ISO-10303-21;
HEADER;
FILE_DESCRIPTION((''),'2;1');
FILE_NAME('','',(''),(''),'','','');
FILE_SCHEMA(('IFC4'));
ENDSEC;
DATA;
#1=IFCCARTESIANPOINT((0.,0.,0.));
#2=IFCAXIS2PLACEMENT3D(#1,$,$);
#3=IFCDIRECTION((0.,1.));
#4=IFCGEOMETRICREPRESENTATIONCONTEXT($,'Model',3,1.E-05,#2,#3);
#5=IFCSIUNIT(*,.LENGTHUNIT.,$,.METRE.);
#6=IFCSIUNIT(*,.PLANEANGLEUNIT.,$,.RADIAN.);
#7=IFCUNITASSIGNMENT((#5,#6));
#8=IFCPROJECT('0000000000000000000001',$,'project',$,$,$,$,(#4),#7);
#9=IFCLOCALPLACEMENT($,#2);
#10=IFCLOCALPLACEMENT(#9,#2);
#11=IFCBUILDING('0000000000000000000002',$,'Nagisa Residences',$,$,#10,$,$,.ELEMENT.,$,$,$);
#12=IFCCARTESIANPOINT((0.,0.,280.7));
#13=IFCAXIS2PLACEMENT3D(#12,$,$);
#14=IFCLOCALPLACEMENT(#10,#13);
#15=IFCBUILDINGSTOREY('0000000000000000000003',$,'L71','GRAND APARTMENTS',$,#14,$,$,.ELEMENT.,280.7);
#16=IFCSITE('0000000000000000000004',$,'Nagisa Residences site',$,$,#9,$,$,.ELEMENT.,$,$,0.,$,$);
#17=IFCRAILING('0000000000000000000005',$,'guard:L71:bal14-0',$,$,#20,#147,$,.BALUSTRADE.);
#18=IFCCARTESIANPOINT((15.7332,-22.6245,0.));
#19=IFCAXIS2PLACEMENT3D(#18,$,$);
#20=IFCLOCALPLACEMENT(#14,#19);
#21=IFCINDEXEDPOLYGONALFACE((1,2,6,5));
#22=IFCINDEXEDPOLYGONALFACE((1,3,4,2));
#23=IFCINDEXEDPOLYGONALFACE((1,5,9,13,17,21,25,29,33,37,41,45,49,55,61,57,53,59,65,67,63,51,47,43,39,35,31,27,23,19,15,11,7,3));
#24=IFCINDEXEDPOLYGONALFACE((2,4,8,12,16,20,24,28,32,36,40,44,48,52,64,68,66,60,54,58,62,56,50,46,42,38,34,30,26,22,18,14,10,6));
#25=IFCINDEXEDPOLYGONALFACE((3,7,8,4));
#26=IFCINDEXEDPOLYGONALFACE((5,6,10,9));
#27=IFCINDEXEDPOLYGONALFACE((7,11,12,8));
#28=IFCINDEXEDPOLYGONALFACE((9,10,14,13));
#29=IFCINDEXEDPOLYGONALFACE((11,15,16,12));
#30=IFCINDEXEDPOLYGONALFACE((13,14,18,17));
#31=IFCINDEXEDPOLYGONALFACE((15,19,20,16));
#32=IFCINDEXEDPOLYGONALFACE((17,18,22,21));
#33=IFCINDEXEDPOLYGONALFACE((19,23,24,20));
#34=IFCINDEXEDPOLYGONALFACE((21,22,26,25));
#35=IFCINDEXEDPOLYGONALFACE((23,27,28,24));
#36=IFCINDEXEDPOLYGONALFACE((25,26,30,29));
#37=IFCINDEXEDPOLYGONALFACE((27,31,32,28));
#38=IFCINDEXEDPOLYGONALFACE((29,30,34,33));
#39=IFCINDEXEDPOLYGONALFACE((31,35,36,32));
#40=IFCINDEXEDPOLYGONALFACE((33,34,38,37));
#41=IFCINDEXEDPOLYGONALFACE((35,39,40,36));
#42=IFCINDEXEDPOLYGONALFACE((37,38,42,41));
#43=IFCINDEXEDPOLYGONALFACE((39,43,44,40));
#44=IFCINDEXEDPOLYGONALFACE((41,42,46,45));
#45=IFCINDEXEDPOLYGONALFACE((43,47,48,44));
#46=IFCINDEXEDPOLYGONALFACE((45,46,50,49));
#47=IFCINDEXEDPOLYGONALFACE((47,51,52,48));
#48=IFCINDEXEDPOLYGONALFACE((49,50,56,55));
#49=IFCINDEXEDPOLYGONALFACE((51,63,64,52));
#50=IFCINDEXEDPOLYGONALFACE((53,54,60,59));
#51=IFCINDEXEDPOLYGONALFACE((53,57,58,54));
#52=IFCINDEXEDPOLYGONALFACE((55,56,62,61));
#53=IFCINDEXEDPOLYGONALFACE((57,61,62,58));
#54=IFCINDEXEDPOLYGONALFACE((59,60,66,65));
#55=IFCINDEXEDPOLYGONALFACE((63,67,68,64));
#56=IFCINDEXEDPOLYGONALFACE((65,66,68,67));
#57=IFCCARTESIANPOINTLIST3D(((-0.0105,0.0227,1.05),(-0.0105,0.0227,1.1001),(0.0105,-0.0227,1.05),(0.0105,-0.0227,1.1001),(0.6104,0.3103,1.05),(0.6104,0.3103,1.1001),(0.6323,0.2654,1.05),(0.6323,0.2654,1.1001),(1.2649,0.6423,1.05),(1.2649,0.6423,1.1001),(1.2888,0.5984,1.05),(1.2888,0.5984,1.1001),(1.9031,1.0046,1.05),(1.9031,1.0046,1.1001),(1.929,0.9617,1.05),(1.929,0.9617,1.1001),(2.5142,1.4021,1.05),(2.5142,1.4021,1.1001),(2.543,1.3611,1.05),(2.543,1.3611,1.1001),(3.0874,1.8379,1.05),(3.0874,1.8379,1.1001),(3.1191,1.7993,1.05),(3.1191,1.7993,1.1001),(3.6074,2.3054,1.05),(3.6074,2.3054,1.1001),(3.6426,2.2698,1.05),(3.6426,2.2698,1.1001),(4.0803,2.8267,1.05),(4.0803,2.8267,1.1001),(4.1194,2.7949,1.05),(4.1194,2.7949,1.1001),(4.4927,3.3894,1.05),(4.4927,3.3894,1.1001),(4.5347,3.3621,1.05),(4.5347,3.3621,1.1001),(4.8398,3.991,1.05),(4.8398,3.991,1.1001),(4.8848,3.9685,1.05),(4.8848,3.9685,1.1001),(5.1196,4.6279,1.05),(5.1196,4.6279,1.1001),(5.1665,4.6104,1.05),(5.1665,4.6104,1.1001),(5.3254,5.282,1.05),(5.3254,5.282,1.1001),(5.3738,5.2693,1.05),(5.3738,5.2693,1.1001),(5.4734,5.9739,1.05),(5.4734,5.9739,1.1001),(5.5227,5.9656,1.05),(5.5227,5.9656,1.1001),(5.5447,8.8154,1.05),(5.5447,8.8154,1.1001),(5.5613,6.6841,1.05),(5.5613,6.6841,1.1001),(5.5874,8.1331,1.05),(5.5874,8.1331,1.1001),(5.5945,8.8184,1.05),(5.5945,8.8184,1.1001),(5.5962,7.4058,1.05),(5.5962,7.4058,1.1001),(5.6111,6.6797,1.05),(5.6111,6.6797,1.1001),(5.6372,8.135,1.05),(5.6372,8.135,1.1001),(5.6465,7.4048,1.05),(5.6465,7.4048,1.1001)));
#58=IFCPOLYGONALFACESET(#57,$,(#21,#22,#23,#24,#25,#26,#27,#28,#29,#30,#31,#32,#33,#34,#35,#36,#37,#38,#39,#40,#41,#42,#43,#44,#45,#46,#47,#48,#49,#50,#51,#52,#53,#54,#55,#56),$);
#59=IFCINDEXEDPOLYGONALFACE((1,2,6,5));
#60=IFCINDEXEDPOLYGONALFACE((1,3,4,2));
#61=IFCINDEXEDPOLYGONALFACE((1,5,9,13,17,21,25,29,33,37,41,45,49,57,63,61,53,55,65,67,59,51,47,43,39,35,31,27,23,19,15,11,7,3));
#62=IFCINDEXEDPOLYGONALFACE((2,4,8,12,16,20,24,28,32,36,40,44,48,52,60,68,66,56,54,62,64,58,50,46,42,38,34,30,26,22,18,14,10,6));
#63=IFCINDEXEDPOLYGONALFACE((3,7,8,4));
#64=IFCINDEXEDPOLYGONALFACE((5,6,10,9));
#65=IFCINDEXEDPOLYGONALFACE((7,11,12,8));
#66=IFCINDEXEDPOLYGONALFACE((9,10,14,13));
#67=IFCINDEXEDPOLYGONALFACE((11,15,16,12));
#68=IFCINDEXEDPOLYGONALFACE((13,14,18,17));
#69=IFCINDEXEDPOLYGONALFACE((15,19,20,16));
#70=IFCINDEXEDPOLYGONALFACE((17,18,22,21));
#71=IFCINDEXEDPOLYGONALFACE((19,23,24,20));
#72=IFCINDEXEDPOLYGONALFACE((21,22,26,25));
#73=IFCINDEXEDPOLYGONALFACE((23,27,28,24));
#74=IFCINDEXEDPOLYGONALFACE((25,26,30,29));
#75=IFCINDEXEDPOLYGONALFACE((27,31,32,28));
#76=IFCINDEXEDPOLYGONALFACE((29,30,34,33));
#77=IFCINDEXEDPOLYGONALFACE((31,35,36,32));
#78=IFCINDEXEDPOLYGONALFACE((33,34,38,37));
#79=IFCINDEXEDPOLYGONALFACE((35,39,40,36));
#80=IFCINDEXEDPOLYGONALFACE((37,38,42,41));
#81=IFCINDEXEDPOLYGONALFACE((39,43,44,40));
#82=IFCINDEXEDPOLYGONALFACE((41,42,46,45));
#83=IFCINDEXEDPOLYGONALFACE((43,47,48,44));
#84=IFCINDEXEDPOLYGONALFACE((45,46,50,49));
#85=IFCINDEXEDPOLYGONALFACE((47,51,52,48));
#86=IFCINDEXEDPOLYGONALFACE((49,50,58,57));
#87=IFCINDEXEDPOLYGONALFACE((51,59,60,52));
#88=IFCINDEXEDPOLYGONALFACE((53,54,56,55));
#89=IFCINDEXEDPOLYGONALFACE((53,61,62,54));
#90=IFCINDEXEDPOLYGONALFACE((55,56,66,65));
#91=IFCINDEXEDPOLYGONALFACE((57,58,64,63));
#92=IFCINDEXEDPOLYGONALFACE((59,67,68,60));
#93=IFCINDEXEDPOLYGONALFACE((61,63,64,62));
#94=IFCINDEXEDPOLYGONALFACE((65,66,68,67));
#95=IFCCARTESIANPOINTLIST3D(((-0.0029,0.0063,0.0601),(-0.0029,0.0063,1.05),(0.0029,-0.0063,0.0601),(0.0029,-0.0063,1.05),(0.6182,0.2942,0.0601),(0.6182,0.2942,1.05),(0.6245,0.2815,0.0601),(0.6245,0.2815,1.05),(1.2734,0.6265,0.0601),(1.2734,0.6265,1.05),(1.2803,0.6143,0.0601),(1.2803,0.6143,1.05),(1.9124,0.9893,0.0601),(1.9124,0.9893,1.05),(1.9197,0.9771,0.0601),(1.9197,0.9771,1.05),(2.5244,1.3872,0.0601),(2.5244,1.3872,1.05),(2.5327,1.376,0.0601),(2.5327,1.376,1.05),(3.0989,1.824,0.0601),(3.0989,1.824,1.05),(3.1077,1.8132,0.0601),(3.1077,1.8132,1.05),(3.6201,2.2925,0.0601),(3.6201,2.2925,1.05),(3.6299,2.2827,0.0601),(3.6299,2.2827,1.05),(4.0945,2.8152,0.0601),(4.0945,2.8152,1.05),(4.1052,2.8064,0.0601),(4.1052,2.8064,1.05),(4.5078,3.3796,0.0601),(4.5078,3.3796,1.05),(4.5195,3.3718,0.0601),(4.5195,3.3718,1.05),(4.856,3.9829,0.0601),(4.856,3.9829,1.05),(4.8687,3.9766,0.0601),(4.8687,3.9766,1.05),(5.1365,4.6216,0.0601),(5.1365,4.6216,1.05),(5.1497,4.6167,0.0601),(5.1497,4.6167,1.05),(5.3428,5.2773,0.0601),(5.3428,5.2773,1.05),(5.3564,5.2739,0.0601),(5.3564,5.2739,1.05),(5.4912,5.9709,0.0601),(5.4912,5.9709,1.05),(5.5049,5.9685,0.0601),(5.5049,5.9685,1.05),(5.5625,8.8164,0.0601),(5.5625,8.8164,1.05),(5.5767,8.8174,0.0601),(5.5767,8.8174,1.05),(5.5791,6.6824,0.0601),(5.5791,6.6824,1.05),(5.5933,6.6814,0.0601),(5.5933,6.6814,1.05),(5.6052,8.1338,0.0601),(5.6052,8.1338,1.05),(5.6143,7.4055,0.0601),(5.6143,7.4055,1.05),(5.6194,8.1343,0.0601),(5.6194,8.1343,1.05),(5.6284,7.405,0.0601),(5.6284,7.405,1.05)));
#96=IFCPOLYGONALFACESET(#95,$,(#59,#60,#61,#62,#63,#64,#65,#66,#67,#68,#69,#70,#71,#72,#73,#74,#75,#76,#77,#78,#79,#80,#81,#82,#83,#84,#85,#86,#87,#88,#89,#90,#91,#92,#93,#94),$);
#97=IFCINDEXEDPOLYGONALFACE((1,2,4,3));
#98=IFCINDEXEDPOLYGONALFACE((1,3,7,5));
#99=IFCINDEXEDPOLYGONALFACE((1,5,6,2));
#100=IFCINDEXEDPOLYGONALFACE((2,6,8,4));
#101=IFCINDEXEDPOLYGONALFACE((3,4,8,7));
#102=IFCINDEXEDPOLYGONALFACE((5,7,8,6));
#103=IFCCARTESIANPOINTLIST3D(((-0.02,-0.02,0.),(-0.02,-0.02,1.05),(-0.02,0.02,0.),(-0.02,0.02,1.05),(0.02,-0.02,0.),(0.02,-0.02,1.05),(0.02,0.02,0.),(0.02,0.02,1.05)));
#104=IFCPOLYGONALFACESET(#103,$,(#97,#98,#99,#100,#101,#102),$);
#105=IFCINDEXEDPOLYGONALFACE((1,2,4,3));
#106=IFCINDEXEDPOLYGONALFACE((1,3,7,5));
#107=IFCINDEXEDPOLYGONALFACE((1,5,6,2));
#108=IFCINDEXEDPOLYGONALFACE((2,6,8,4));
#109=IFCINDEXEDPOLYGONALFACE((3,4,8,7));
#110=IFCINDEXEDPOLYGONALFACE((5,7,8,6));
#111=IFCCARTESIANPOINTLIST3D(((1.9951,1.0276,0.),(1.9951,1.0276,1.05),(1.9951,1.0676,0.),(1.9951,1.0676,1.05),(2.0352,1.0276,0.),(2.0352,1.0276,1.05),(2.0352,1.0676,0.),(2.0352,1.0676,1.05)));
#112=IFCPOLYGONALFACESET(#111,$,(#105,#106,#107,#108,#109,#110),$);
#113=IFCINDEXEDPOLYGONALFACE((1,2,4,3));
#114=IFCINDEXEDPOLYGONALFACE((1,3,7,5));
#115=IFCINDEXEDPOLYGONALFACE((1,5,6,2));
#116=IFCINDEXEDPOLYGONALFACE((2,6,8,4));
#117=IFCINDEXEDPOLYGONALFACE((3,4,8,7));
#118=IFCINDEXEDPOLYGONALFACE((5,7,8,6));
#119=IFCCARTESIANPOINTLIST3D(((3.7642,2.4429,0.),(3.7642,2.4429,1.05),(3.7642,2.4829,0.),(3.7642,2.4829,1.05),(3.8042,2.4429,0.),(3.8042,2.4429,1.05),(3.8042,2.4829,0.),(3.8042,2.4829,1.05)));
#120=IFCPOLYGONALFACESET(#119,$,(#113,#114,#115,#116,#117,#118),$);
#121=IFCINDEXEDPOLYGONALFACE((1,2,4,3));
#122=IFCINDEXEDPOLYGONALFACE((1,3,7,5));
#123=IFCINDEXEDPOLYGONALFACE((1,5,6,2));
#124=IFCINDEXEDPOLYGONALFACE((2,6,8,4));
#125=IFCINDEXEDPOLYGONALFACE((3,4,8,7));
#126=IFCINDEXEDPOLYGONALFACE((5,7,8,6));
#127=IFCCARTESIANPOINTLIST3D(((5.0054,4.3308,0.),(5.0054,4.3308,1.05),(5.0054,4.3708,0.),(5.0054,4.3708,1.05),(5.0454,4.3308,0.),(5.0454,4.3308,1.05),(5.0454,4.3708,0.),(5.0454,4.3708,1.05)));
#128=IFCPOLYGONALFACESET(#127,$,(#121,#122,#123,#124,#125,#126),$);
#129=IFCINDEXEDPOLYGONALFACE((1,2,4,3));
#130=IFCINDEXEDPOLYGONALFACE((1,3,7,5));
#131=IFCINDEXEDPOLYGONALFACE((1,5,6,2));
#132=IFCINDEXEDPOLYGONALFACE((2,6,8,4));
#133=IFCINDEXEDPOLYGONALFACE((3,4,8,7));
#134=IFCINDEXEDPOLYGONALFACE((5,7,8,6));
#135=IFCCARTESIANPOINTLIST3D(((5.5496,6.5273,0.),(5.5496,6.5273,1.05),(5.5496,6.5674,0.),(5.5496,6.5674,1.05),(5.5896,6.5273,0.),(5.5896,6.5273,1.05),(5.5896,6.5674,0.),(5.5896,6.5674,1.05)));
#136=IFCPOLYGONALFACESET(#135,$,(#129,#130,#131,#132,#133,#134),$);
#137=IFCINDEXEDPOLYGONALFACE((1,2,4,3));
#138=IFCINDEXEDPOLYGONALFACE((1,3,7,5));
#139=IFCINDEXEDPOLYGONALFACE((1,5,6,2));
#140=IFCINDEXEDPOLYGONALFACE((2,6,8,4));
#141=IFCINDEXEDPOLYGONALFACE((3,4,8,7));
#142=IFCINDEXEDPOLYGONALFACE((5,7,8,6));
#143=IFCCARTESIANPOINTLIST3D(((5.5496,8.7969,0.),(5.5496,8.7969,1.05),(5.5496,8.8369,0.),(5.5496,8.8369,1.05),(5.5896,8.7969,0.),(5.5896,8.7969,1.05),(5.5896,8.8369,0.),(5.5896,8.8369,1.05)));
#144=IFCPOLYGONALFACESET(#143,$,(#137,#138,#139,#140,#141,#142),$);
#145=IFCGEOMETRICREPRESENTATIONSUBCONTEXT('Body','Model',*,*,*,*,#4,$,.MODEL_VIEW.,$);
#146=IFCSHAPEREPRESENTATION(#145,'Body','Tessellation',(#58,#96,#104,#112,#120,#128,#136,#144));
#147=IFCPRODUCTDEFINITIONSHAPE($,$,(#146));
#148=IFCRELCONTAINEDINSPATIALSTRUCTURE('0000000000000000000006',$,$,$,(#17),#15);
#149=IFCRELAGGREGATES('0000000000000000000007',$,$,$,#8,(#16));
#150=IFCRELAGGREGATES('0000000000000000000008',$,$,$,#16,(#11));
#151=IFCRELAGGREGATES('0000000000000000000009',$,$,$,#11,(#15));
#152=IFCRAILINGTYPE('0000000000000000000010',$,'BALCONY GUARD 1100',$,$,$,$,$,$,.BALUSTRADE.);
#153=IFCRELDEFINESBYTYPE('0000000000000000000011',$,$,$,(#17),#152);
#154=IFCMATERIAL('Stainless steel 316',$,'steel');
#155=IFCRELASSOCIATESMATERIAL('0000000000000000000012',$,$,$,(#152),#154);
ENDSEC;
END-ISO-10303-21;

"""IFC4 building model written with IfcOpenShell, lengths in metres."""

from ifc_helpers import new_model, si_unit, direction, frame, origin, origin_2d, place, context, subcontext, project, spatial, polyline, rectangle, outline, extrude, material, type_object, element, save


model = new_model("IFC4")

# Units and contexts
model_context = context("Model", 3, precision=1e-05, world=origin(), true_north=direction((0.0, 1.0)))
body_context = subcontext(model_context, "Body", "Model", "MODEL_VIEW")
ifc_project = project(units=[si_unit("LENGTHUNIT", "METRE"), si_unit("PLANEANGLEUNIT", "RADIAN")], contexts=[model_context])

# Site, building, storey
site_placement = place(None, origin())
site = spatial("IfcSite", under=ifc_project, at=site_placement, Name="Nagisa Residences site", CompositionType="ELEMENT", RefElevation=0.0)
building_placement = place(site_placement, origin())
building = spatial("IfcBuilding", under=site, at=building_placement, Name="Nagisa Residences", CompositionType="ELEMENT")
storey_placement = place(building_placement, frame((0.0, 0.0, 280.7)))
storey = spatial("IfcBuildingStorey", under=building, at=storey_placement, Name="L71", Description="GRAND APARTMENTS", CompositionType="ELEMENT", Elevation=280.7)

# Railing
ifc_material_1 = material(Name="Stainless steel 316", Category="steel")
railing_type = type_object("IfcRailingType", Name="BALCONY GUARD 1100", PredefinedType="BALUSTRADE", material=ifc_material_1)
railing_1_placement = place(storey_placement, frame((15.7332, -22.6245, 0.0)))
element("IfcRailing", 1, at=railing_1_placement, inside=storey, type_object=railing_type, Name="guard:L71:bal14-0", PredefinedType="BALUSTRADE", context=body_context, shape_type="SweptSolid", body=[
    extrude(outline(polyline([(0.6104, 0.3103), (-0.0105, 0.0227), (0.0105, -0.0227), (0.6323, 0.2654), (1.2888, 0.5984), (1.929, 0.9617), (2.543, 1.3611), (3.1191, 1.7993), (3.6426, 2.2698), (4.1194, 2.7949), (4.5347, 3.3621), (4.8848, 3.9685), (5.1665, 4.6104), (5.3738, 5.2693), (5.5227, 5.9656), (5.6111, 6.6797), (5.6465, 7.4048), (5.6372, 8.135), (5.5945, 8.8184), (5.5447, 8.8154), (5.5874, 8.1331), (5.5962, 7.4058), (5.5613, 6.6841), (5.4734, 5.9739), (5.3254, 5.282), (5.1196, 4.6279), (4.8398, 3.991), (4.4927, 3.3894), (4.0803, 2.8267), (3.6074, 2.3054), (3.0874, 1.8379), (2.5142, 1.4021), (1.9031, 1.0046), (1.2649, 0.6423), (0.6104, 0.3103)])), frame((0.0, 0.0, 1.05)), (0.0, 0.0, 1.0), 0.05),
    extrude(outline(polyline([(0.6182, 0.2942), (-0.0029, 0.0063), (0.0029, -0.0063), (0.6245, 0.2815), (1.2803, 0.6143), (1.9197, 0.9771), (2.5327, 1.376), (3.1077, 1.8132), (3.6299, 2.2827), (4.1052, 2.8064), (4.5195, 3.3718), (4.8687, 3.9766), (5.1497, 4.6167), (5.3564, 5.2739), (5.5049, 5.9685), (5.5933, 6.6814), (5.6284, 7.405), (5.6194, 8.1343), (5.5767, 8.8174), (5.5625, 8.8164), (5.6052, 8.1338), (5.6143, 7.4055), (5.5791, 6.6824), (5.4912, 5.9709), (5.3428, 5.2773), (5.1365, 4.6216), (4.856, 3.9829), (4.5078, 3.3796), (4.0945, 2.8152), (3.6201, 2.2925), (3.0989, 1.824), (2.5244, 1.3872), (1.9124, 0.9893), (1.2734, 0.6265), (0.6182, 0.2942)])), frame((0.0, 0.0, 0.0601)), (0.0, 0.0, 1.0), 0.99),
    extrude(rectangle(XDim=0.04, YDim=0.04, at=origin_2d()), origin(), (0.0, 0.0, 1.0), 1.05),
    extrude(rectangle(XDim=0.04, YDim=0.04, at=origin_2d()), frame((2.0151, 1.0476, 0.0)), (0.0, 0.0, 1.0), 1.05),
    extrude(rectangle(XDim=0.04, YDim=0.04, at=origin_2d()), frame((3.7842, 2.4629, 0.0)), (0.0, 0.0, 1.0), 1.05),
    extrude(rectangle(XDim=0.04, YDim=0.04, at=origin_2d()), frame((5.0254, 4.3508, 0.0)), (0.0, 0.0, 1.0), 1.05),
    extrude(rectangle(XDim=0.04, YDim=0.04, at=origin_2d()), frame((5.5696, 6.5474, 0.0)), (0.0, 0.0, 1.0), 1.05),
    extrude(rectangle(XDim=0.04, YDim=0.04, at=origin_2d()), frame((5.5696, 8.8169, 0.0)), (0.0, 0.0, 1.0), 1.05),
])

save(model, "model.ifc")
